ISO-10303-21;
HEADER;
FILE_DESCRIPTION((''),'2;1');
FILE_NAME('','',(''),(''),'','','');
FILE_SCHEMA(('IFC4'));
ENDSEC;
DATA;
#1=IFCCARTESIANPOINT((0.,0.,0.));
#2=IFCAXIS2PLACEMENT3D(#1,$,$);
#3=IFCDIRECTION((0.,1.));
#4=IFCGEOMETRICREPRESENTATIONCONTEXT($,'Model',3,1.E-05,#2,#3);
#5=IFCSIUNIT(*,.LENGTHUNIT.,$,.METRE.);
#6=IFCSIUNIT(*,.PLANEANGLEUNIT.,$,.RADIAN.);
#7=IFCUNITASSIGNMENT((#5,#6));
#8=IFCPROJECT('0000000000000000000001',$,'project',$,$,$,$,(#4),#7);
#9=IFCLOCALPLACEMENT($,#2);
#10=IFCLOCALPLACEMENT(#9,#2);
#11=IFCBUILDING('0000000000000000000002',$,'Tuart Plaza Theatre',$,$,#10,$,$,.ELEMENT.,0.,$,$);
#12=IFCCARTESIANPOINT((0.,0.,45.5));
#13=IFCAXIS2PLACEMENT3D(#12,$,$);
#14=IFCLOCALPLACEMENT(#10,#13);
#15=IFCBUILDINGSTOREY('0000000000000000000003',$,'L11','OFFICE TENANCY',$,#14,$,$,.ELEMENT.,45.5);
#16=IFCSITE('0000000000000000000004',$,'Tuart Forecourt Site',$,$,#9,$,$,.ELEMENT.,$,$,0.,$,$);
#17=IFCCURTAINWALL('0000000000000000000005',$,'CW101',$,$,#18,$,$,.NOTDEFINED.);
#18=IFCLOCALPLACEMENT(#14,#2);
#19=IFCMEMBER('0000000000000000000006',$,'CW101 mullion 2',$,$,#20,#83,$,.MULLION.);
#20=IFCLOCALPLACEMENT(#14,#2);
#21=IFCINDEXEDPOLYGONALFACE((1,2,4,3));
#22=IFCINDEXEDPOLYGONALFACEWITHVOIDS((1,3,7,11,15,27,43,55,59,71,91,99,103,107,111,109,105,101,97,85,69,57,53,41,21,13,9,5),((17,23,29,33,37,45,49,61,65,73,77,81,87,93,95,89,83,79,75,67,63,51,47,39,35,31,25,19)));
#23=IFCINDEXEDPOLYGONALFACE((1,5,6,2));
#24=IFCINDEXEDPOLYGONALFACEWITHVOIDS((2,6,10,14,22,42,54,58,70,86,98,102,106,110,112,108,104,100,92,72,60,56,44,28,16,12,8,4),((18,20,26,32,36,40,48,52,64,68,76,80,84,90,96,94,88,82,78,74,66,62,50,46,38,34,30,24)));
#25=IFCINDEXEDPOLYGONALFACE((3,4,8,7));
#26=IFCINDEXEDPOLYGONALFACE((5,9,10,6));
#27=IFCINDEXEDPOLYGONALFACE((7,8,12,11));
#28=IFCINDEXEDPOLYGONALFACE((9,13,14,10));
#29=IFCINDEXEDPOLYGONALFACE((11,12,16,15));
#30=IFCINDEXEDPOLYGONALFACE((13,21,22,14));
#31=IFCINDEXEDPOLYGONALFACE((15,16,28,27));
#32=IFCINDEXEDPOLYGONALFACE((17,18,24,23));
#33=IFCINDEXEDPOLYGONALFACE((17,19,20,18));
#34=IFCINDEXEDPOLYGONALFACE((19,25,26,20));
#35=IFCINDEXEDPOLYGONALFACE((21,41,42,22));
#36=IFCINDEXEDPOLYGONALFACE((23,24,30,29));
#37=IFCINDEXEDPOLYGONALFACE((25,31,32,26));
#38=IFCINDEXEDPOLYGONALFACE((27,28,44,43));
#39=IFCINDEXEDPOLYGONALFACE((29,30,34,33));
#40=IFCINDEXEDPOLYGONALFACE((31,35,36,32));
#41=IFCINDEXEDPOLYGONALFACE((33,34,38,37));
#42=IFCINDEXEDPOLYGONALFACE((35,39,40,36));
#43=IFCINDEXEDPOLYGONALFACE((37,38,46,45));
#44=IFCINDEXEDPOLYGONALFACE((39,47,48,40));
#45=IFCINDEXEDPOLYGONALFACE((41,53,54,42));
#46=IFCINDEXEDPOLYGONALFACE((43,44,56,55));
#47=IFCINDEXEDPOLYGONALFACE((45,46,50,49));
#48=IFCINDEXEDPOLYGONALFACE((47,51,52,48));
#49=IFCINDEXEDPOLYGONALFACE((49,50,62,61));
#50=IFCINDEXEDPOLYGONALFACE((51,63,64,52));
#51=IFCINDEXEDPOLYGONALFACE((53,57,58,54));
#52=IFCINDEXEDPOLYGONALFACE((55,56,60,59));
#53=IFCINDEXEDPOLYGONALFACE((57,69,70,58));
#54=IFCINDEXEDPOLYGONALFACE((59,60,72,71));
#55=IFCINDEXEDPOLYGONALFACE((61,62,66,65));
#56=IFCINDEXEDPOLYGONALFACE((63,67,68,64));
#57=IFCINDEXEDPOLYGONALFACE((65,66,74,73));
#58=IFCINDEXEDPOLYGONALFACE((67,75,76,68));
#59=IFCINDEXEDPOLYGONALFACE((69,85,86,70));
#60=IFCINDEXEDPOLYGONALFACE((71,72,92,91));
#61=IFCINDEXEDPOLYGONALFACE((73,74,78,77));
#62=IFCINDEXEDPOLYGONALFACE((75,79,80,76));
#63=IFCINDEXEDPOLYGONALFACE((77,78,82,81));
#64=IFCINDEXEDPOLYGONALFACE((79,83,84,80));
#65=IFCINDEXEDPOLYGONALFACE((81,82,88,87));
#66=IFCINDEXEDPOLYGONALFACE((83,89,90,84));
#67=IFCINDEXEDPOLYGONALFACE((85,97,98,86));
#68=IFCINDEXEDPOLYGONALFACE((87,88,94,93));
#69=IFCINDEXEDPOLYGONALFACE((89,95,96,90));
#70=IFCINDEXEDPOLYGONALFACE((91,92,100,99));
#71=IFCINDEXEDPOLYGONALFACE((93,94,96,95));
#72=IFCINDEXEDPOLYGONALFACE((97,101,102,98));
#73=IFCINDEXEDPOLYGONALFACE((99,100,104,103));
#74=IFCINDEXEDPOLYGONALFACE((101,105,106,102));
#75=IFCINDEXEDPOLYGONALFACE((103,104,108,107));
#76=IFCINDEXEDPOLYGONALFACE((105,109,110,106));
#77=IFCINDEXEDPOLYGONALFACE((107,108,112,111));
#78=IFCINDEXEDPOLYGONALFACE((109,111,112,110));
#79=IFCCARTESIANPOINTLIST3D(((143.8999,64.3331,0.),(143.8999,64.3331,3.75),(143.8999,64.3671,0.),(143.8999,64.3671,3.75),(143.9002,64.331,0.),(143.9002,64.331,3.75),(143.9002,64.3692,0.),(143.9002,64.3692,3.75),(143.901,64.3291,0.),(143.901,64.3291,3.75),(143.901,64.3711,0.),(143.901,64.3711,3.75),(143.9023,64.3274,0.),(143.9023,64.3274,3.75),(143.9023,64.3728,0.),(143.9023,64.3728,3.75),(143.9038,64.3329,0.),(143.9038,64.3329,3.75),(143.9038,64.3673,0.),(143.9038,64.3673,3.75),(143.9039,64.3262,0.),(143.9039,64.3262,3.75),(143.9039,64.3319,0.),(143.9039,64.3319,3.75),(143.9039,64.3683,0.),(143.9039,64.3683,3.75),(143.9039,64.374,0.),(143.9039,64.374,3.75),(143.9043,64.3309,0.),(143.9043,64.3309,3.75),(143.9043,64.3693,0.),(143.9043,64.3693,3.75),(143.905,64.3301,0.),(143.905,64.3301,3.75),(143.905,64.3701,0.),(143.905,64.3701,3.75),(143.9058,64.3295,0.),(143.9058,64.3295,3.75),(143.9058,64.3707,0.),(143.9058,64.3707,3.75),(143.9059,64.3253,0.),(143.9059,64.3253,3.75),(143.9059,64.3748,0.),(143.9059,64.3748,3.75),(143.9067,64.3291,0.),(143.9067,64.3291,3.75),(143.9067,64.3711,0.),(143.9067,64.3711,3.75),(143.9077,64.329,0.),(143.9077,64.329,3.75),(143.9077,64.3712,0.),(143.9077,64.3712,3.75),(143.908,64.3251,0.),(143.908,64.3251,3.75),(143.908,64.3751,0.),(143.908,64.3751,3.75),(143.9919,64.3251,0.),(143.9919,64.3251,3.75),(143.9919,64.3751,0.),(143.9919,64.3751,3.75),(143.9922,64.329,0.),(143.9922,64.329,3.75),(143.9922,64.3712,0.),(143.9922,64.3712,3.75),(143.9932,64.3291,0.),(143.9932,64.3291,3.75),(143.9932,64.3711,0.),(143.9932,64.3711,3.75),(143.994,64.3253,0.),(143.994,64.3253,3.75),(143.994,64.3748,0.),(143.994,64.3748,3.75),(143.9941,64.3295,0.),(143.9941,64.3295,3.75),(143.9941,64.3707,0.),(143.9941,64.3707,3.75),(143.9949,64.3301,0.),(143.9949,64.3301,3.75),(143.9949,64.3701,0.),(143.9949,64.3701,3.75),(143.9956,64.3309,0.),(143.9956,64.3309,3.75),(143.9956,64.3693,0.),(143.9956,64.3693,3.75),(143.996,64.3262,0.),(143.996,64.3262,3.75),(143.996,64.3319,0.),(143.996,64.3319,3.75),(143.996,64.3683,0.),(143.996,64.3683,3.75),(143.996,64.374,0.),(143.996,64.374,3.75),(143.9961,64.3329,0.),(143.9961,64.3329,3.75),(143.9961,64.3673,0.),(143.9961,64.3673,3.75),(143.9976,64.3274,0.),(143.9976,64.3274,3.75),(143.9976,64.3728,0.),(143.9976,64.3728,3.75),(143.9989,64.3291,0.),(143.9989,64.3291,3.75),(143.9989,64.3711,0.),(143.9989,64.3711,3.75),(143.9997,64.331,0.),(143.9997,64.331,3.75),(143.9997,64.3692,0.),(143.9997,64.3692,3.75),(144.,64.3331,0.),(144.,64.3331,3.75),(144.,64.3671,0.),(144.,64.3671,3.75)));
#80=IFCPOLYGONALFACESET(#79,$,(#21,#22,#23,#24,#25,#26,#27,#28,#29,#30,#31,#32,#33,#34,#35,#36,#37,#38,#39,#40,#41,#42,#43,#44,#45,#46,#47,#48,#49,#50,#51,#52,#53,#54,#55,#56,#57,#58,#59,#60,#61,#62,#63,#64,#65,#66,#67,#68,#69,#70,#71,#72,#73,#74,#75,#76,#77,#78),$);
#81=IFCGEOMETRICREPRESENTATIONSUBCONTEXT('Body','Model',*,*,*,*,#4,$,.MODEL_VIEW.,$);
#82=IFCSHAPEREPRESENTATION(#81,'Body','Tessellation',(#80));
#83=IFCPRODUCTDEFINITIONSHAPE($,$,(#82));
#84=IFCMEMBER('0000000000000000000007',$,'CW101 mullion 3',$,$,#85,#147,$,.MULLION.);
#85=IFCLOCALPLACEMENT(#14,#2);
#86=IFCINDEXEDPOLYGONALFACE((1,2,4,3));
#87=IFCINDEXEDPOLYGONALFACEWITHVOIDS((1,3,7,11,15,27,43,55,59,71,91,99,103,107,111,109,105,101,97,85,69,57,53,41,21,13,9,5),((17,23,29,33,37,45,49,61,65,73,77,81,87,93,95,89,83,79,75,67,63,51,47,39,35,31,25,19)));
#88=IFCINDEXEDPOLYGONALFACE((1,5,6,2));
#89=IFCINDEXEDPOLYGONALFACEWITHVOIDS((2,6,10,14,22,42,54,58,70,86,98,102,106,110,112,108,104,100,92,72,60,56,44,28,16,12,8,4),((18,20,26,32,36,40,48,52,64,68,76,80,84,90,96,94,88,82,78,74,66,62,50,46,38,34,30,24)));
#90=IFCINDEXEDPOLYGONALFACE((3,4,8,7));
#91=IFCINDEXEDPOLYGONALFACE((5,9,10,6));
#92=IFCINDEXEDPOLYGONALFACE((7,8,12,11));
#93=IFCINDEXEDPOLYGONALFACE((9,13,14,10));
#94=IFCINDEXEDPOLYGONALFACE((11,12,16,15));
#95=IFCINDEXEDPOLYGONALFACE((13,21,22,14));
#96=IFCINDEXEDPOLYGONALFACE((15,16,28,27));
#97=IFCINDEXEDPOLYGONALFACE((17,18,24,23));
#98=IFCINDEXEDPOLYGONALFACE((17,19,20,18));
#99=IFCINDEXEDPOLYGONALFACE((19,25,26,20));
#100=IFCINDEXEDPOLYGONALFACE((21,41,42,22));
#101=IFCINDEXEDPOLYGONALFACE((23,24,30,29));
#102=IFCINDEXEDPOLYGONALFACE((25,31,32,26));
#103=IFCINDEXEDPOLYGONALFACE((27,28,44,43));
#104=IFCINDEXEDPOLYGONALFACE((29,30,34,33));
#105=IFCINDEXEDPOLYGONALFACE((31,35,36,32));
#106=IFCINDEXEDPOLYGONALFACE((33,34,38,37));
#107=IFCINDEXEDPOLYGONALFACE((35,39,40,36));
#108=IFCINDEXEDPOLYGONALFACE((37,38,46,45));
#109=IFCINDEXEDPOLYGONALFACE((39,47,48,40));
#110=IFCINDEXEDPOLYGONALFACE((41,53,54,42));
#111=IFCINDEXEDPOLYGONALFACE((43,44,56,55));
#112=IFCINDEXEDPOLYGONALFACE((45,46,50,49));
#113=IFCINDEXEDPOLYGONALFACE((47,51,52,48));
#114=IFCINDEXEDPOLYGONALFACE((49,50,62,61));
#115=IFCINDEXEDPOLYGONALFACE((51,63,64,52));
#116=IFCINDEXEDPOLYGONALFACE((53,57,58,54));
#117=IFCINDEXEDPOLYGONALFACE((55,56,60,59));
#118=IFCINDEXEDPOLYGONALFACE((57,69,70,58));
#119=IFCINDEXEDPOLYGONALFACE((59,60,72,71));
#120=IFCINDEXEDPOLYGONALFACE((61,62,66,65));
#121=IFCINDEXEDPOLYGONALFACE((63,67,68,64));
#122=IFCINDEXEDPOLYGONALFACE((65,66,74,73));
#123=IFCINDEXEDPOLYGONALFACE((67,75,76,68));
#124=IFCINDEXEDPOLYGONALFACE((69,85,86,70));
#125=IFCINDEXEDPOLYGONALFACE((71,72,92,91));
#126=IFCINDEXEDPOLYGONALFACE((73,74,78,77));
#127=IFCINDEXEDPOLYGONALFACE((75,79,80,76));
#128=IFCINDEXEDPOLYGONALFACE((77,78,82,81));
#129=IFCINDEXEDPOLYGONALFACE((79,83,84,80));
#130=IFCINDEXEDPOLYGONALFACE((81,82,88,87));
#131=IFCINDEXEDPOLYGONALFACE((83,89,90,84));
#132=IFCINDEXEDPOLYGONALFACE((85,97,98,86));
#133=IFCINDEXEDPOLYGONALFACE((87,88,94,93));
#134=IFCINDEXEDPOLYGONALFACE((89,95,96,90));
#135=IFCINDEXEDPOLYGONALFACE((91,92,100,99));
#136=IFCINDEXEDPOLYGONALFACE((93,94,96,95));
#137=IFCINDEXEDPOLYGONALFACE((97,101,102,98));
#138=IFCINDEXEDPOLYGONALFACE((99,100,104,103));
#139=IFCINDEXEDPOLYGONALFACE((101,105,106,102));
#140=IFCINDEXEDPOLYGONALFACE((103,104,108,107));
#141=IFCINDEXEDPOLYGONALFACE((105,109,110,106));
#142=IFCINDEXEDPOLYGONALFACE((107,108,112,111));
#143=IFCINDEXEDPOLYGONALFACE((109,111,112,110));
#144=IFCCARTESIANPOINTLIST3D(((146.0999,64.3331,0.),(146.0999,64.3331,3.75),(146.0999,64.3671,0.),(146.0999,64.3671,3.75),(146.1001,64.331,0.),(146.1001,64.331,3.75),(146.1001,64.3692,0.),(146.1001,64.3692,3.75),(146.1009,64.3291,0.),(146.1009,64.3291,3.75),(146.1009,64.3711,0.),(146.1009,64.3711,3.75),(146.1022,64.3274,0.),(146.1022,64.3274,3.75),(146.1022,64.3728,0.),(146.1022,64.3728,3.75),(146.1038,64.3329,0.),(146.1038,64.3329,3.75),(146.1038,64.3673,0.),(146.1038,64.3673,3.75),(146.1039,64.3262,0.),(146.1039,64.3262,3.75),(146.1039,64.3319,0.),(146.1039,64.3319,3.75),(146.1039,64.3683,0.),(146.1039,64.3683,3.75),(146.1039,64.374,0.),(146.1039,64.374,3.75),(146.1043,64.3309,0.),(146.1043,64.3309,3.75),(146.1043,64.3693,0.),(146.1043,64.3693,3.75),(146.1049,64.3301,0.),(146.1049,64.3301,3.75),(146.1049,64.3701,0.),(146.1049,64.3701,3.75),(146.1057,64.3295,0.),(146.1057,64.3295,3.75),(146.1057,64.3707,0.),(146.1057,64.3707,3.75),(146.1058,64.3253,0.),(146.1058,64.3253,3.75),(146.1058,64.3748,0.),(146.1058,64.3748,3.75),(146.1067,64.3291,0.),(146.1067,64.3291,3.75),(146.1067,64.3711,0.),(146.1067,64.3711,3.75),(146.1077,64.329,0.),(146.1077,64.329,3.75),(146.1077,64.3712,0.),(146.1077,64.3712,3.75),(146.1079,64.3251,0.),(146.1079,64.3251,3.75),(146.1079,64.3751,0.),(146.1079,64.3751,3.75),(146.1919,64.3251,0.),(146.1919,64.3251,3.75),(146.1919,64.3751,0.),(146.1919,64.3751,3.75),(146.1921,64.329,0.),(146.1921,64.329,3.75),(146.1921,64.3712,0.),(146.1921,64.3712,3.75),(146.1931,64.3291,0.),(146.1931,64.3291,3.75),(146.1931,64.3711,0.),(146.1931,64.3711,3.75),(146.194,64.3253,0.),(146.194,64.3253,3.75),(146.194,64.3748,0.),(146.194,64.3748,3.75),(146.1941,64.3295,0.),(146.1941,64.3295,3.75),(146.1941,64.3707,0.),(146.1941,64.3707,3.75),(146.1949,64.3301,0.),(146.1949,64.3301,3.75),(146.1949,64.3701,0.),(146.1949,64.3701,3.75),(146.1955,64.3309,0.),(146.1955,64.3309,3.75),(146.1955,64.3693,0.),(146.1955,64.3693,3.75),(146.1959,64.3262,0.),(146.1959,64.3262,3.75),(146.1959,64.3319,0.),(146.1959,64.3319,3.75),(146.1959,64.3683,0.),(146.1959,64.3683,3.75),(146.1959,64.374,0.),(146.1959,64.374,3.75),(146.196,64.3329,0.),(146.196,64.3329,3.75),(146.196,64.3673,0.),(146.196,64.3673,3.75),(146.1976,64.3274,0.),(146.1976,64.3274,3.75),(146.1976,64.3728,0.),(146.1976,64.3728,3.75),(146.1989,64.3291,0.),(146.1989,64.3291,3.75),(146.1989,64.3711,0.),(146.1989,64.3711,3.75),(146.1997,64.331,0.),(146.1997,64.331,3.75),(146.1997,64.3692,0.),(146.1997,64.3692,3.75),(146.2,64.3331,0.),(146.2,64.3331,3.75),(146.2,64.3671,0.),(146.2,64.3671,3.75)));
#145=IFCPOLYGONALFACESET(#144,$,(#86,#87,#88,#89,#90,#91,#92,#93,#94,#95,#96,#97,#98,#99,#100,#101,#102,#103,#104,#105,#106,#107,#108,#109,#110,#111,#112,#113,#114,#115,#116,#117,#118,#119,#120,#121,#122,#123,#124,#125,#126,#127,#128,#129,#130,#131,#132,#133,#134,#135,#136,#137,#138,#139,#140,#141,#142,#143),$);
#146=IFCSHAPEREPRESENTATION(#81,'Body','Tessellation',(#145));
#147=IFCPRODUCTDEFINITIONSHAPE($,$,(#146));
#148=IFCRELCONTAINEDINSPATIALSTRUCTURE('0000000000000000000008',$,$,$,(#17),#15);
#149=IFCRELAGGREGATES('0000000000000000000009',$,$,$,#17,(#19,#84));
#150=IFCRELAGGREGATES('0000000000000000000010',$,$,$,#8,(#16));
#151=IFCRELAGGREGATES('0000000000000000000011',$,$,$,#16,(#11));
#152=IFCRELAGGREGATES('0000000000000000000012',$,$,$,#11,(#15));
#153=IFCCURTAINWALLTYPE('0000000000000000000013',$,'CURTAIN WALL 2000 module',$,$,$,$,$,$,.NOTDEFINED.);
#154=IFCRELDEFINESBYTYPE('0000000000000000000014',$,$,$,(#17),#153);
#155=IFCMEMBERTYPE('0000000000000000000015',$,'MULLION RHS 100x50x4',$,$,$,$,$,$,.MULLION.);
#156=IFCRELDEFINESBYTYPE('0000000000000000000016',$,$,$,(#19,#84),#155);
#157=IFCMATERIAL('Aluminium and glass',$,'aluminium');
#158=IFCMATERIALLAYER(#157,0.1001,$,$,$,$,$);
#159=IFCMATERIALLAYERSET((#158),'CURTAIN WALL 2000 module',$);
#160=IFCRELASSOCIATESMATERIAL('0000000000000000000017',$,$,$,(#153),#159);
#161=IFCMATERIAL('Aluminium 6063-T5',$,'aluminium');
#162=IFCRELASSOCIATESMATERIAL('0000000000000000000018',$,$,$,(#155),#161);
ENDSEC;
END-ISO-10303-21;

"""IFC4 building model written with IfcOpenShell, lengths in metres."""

from ifc_helpers import new_model, si_unit, direction, frame, origin, origin_2d, place, context, subcontext, project, spatial, hollow_rectangle, extrude, material, layer, layer_set, material_profile, profile_set, type_object, element, aggregate, save


model = new_model("IFC4")

# Units and contexts
model_context = context("Model", 3, precision=1e-05, world=origin(), true_north=direction((0.0, 1.0)))
body_context = subcontext(model_context, "Body", "Model", "MODEL_VIEW")
ifc_project = project(units=[si_unit("LENGTHUNIT", "METRE"), si_unit("PLANEANGLEUNIT", "RADIAN")], contexts=[model_context])

# Site, building, storey
site_placement = place(None, origin())
site = spatial("IfcSite", under=ifc_project, at=site_placement, Name="Tuart Forecourt Site", CompositionType="ELEMENT", RefElevation=0.0)
building_placement = place(site_placement, origin())
building = spatial("IfcBuilding", under=site, at=building_placement, Name="Tuart Plaza Theatre", CompositionType="ELEMENT", ElevationOfRefHeight=0.0)
storey_placement = place(building_placement, frame((0.0, 0.0, 45.5)))
storey = spatial("IfcBuildingStorey", under=building, at=storey_placement, Name="L11", Description="OFFICE TENANCY", CompositionType="ELEMENT", Elevation=45.5)

# Curtain wall, members
ifc_material_1 = material(Name="Aluminium and glass", Category="aluminium")
ifc_layer_1 = layer(ifc_material_1, 0.1001)
ifc_layer_set_1 = layer_set([ifc_layer_1], Name="CURTAIN WALL 2000 module")
curtain_wall_type = type_object("IfcCurtainWallType", Name="CURTAIN WALL 2000 module", PredefinedType="NOTDEFINED", material=ifc_layer_set_1)
ifc_material_2 = material(Name="Aluminium 6063-T5", Category="aluminium")
ifc_material_profile_1 = material_profile(ifc_material_2, hollow_rectangle(XDim=0.05, YDim=0.1001, WallThickness=0.0039, InnerFilletRadius=0.0039, OuterFilletRadius=0.0081, at=origin_2d()), Name="RHS 100x50x4")
ifc_profile_set_1 = profile_set([ifc_material_profile_1], Name="Aluminium 6063-T5")
member_type_1 = type_object("IfcMemberType", Name="MULLION RHS 100x50x4", PredefinedType="MULLION", material=ifc_profile_set_1)
curtain_wall_1_placement = place(storey_placement, origin())
curtain_wall_1 = element("IfcCurtainWall", 1, at=curtain_wall_1_placement, inside=storey, type_object=curtain_wall_type, Name="CW101", PredefinedType="NOTDEFINED")
member_1_placement = place(storey_placement, frame((143.95, 64.3501, 0.0), z_axis=(0.0, 0.0, 1.0), x_axis=(0.0, 1.0, 0.0)))
member_1 = element("IfcMember", 2, at=member_1_placement, type_object=member_type_1, Name="CW101 mullion 2", PredefinedType="MULLION", context=body_context, shape_type="SweptSolid", body=[
    extrude(hollow_rectangle(XDim=0.05, YDim=0.1001, WallThickness=0.0039, InnerFilletRadius=0.0039, OuterFilletRadius=0.0081, at=origin_2d()), origin(), (0.0, 0.0, 1.0), 3.75),
])
member_2_placement = place(storey_placement, frame((146.1499, 64.3501, 0.0), z_axis=(0.0, 0.0, 1.0), x_axis=(0.0, 1.0, 0.0)))
member_2 = element("IfcMember", 3, at=member_2_placement, type_object=member_type_1, Name="CW101 mullion 3", PredefinedType="MULLION", context=body_context, shape_type="SweptSolid", body=[
    extrude(hollow_rectangle(XDim=0.05, YDim=0.1001, WallThickness=0.0039, InnerFilletRadius=0.0039, OuterFilletRadius=0.0081, at=origin_2d()), origin(), (0.0, 0.0, 1.0), 3.75),
])

aggregate(curtain_wall_1, [member_1, member_2])

save(model, "model.ifc")
